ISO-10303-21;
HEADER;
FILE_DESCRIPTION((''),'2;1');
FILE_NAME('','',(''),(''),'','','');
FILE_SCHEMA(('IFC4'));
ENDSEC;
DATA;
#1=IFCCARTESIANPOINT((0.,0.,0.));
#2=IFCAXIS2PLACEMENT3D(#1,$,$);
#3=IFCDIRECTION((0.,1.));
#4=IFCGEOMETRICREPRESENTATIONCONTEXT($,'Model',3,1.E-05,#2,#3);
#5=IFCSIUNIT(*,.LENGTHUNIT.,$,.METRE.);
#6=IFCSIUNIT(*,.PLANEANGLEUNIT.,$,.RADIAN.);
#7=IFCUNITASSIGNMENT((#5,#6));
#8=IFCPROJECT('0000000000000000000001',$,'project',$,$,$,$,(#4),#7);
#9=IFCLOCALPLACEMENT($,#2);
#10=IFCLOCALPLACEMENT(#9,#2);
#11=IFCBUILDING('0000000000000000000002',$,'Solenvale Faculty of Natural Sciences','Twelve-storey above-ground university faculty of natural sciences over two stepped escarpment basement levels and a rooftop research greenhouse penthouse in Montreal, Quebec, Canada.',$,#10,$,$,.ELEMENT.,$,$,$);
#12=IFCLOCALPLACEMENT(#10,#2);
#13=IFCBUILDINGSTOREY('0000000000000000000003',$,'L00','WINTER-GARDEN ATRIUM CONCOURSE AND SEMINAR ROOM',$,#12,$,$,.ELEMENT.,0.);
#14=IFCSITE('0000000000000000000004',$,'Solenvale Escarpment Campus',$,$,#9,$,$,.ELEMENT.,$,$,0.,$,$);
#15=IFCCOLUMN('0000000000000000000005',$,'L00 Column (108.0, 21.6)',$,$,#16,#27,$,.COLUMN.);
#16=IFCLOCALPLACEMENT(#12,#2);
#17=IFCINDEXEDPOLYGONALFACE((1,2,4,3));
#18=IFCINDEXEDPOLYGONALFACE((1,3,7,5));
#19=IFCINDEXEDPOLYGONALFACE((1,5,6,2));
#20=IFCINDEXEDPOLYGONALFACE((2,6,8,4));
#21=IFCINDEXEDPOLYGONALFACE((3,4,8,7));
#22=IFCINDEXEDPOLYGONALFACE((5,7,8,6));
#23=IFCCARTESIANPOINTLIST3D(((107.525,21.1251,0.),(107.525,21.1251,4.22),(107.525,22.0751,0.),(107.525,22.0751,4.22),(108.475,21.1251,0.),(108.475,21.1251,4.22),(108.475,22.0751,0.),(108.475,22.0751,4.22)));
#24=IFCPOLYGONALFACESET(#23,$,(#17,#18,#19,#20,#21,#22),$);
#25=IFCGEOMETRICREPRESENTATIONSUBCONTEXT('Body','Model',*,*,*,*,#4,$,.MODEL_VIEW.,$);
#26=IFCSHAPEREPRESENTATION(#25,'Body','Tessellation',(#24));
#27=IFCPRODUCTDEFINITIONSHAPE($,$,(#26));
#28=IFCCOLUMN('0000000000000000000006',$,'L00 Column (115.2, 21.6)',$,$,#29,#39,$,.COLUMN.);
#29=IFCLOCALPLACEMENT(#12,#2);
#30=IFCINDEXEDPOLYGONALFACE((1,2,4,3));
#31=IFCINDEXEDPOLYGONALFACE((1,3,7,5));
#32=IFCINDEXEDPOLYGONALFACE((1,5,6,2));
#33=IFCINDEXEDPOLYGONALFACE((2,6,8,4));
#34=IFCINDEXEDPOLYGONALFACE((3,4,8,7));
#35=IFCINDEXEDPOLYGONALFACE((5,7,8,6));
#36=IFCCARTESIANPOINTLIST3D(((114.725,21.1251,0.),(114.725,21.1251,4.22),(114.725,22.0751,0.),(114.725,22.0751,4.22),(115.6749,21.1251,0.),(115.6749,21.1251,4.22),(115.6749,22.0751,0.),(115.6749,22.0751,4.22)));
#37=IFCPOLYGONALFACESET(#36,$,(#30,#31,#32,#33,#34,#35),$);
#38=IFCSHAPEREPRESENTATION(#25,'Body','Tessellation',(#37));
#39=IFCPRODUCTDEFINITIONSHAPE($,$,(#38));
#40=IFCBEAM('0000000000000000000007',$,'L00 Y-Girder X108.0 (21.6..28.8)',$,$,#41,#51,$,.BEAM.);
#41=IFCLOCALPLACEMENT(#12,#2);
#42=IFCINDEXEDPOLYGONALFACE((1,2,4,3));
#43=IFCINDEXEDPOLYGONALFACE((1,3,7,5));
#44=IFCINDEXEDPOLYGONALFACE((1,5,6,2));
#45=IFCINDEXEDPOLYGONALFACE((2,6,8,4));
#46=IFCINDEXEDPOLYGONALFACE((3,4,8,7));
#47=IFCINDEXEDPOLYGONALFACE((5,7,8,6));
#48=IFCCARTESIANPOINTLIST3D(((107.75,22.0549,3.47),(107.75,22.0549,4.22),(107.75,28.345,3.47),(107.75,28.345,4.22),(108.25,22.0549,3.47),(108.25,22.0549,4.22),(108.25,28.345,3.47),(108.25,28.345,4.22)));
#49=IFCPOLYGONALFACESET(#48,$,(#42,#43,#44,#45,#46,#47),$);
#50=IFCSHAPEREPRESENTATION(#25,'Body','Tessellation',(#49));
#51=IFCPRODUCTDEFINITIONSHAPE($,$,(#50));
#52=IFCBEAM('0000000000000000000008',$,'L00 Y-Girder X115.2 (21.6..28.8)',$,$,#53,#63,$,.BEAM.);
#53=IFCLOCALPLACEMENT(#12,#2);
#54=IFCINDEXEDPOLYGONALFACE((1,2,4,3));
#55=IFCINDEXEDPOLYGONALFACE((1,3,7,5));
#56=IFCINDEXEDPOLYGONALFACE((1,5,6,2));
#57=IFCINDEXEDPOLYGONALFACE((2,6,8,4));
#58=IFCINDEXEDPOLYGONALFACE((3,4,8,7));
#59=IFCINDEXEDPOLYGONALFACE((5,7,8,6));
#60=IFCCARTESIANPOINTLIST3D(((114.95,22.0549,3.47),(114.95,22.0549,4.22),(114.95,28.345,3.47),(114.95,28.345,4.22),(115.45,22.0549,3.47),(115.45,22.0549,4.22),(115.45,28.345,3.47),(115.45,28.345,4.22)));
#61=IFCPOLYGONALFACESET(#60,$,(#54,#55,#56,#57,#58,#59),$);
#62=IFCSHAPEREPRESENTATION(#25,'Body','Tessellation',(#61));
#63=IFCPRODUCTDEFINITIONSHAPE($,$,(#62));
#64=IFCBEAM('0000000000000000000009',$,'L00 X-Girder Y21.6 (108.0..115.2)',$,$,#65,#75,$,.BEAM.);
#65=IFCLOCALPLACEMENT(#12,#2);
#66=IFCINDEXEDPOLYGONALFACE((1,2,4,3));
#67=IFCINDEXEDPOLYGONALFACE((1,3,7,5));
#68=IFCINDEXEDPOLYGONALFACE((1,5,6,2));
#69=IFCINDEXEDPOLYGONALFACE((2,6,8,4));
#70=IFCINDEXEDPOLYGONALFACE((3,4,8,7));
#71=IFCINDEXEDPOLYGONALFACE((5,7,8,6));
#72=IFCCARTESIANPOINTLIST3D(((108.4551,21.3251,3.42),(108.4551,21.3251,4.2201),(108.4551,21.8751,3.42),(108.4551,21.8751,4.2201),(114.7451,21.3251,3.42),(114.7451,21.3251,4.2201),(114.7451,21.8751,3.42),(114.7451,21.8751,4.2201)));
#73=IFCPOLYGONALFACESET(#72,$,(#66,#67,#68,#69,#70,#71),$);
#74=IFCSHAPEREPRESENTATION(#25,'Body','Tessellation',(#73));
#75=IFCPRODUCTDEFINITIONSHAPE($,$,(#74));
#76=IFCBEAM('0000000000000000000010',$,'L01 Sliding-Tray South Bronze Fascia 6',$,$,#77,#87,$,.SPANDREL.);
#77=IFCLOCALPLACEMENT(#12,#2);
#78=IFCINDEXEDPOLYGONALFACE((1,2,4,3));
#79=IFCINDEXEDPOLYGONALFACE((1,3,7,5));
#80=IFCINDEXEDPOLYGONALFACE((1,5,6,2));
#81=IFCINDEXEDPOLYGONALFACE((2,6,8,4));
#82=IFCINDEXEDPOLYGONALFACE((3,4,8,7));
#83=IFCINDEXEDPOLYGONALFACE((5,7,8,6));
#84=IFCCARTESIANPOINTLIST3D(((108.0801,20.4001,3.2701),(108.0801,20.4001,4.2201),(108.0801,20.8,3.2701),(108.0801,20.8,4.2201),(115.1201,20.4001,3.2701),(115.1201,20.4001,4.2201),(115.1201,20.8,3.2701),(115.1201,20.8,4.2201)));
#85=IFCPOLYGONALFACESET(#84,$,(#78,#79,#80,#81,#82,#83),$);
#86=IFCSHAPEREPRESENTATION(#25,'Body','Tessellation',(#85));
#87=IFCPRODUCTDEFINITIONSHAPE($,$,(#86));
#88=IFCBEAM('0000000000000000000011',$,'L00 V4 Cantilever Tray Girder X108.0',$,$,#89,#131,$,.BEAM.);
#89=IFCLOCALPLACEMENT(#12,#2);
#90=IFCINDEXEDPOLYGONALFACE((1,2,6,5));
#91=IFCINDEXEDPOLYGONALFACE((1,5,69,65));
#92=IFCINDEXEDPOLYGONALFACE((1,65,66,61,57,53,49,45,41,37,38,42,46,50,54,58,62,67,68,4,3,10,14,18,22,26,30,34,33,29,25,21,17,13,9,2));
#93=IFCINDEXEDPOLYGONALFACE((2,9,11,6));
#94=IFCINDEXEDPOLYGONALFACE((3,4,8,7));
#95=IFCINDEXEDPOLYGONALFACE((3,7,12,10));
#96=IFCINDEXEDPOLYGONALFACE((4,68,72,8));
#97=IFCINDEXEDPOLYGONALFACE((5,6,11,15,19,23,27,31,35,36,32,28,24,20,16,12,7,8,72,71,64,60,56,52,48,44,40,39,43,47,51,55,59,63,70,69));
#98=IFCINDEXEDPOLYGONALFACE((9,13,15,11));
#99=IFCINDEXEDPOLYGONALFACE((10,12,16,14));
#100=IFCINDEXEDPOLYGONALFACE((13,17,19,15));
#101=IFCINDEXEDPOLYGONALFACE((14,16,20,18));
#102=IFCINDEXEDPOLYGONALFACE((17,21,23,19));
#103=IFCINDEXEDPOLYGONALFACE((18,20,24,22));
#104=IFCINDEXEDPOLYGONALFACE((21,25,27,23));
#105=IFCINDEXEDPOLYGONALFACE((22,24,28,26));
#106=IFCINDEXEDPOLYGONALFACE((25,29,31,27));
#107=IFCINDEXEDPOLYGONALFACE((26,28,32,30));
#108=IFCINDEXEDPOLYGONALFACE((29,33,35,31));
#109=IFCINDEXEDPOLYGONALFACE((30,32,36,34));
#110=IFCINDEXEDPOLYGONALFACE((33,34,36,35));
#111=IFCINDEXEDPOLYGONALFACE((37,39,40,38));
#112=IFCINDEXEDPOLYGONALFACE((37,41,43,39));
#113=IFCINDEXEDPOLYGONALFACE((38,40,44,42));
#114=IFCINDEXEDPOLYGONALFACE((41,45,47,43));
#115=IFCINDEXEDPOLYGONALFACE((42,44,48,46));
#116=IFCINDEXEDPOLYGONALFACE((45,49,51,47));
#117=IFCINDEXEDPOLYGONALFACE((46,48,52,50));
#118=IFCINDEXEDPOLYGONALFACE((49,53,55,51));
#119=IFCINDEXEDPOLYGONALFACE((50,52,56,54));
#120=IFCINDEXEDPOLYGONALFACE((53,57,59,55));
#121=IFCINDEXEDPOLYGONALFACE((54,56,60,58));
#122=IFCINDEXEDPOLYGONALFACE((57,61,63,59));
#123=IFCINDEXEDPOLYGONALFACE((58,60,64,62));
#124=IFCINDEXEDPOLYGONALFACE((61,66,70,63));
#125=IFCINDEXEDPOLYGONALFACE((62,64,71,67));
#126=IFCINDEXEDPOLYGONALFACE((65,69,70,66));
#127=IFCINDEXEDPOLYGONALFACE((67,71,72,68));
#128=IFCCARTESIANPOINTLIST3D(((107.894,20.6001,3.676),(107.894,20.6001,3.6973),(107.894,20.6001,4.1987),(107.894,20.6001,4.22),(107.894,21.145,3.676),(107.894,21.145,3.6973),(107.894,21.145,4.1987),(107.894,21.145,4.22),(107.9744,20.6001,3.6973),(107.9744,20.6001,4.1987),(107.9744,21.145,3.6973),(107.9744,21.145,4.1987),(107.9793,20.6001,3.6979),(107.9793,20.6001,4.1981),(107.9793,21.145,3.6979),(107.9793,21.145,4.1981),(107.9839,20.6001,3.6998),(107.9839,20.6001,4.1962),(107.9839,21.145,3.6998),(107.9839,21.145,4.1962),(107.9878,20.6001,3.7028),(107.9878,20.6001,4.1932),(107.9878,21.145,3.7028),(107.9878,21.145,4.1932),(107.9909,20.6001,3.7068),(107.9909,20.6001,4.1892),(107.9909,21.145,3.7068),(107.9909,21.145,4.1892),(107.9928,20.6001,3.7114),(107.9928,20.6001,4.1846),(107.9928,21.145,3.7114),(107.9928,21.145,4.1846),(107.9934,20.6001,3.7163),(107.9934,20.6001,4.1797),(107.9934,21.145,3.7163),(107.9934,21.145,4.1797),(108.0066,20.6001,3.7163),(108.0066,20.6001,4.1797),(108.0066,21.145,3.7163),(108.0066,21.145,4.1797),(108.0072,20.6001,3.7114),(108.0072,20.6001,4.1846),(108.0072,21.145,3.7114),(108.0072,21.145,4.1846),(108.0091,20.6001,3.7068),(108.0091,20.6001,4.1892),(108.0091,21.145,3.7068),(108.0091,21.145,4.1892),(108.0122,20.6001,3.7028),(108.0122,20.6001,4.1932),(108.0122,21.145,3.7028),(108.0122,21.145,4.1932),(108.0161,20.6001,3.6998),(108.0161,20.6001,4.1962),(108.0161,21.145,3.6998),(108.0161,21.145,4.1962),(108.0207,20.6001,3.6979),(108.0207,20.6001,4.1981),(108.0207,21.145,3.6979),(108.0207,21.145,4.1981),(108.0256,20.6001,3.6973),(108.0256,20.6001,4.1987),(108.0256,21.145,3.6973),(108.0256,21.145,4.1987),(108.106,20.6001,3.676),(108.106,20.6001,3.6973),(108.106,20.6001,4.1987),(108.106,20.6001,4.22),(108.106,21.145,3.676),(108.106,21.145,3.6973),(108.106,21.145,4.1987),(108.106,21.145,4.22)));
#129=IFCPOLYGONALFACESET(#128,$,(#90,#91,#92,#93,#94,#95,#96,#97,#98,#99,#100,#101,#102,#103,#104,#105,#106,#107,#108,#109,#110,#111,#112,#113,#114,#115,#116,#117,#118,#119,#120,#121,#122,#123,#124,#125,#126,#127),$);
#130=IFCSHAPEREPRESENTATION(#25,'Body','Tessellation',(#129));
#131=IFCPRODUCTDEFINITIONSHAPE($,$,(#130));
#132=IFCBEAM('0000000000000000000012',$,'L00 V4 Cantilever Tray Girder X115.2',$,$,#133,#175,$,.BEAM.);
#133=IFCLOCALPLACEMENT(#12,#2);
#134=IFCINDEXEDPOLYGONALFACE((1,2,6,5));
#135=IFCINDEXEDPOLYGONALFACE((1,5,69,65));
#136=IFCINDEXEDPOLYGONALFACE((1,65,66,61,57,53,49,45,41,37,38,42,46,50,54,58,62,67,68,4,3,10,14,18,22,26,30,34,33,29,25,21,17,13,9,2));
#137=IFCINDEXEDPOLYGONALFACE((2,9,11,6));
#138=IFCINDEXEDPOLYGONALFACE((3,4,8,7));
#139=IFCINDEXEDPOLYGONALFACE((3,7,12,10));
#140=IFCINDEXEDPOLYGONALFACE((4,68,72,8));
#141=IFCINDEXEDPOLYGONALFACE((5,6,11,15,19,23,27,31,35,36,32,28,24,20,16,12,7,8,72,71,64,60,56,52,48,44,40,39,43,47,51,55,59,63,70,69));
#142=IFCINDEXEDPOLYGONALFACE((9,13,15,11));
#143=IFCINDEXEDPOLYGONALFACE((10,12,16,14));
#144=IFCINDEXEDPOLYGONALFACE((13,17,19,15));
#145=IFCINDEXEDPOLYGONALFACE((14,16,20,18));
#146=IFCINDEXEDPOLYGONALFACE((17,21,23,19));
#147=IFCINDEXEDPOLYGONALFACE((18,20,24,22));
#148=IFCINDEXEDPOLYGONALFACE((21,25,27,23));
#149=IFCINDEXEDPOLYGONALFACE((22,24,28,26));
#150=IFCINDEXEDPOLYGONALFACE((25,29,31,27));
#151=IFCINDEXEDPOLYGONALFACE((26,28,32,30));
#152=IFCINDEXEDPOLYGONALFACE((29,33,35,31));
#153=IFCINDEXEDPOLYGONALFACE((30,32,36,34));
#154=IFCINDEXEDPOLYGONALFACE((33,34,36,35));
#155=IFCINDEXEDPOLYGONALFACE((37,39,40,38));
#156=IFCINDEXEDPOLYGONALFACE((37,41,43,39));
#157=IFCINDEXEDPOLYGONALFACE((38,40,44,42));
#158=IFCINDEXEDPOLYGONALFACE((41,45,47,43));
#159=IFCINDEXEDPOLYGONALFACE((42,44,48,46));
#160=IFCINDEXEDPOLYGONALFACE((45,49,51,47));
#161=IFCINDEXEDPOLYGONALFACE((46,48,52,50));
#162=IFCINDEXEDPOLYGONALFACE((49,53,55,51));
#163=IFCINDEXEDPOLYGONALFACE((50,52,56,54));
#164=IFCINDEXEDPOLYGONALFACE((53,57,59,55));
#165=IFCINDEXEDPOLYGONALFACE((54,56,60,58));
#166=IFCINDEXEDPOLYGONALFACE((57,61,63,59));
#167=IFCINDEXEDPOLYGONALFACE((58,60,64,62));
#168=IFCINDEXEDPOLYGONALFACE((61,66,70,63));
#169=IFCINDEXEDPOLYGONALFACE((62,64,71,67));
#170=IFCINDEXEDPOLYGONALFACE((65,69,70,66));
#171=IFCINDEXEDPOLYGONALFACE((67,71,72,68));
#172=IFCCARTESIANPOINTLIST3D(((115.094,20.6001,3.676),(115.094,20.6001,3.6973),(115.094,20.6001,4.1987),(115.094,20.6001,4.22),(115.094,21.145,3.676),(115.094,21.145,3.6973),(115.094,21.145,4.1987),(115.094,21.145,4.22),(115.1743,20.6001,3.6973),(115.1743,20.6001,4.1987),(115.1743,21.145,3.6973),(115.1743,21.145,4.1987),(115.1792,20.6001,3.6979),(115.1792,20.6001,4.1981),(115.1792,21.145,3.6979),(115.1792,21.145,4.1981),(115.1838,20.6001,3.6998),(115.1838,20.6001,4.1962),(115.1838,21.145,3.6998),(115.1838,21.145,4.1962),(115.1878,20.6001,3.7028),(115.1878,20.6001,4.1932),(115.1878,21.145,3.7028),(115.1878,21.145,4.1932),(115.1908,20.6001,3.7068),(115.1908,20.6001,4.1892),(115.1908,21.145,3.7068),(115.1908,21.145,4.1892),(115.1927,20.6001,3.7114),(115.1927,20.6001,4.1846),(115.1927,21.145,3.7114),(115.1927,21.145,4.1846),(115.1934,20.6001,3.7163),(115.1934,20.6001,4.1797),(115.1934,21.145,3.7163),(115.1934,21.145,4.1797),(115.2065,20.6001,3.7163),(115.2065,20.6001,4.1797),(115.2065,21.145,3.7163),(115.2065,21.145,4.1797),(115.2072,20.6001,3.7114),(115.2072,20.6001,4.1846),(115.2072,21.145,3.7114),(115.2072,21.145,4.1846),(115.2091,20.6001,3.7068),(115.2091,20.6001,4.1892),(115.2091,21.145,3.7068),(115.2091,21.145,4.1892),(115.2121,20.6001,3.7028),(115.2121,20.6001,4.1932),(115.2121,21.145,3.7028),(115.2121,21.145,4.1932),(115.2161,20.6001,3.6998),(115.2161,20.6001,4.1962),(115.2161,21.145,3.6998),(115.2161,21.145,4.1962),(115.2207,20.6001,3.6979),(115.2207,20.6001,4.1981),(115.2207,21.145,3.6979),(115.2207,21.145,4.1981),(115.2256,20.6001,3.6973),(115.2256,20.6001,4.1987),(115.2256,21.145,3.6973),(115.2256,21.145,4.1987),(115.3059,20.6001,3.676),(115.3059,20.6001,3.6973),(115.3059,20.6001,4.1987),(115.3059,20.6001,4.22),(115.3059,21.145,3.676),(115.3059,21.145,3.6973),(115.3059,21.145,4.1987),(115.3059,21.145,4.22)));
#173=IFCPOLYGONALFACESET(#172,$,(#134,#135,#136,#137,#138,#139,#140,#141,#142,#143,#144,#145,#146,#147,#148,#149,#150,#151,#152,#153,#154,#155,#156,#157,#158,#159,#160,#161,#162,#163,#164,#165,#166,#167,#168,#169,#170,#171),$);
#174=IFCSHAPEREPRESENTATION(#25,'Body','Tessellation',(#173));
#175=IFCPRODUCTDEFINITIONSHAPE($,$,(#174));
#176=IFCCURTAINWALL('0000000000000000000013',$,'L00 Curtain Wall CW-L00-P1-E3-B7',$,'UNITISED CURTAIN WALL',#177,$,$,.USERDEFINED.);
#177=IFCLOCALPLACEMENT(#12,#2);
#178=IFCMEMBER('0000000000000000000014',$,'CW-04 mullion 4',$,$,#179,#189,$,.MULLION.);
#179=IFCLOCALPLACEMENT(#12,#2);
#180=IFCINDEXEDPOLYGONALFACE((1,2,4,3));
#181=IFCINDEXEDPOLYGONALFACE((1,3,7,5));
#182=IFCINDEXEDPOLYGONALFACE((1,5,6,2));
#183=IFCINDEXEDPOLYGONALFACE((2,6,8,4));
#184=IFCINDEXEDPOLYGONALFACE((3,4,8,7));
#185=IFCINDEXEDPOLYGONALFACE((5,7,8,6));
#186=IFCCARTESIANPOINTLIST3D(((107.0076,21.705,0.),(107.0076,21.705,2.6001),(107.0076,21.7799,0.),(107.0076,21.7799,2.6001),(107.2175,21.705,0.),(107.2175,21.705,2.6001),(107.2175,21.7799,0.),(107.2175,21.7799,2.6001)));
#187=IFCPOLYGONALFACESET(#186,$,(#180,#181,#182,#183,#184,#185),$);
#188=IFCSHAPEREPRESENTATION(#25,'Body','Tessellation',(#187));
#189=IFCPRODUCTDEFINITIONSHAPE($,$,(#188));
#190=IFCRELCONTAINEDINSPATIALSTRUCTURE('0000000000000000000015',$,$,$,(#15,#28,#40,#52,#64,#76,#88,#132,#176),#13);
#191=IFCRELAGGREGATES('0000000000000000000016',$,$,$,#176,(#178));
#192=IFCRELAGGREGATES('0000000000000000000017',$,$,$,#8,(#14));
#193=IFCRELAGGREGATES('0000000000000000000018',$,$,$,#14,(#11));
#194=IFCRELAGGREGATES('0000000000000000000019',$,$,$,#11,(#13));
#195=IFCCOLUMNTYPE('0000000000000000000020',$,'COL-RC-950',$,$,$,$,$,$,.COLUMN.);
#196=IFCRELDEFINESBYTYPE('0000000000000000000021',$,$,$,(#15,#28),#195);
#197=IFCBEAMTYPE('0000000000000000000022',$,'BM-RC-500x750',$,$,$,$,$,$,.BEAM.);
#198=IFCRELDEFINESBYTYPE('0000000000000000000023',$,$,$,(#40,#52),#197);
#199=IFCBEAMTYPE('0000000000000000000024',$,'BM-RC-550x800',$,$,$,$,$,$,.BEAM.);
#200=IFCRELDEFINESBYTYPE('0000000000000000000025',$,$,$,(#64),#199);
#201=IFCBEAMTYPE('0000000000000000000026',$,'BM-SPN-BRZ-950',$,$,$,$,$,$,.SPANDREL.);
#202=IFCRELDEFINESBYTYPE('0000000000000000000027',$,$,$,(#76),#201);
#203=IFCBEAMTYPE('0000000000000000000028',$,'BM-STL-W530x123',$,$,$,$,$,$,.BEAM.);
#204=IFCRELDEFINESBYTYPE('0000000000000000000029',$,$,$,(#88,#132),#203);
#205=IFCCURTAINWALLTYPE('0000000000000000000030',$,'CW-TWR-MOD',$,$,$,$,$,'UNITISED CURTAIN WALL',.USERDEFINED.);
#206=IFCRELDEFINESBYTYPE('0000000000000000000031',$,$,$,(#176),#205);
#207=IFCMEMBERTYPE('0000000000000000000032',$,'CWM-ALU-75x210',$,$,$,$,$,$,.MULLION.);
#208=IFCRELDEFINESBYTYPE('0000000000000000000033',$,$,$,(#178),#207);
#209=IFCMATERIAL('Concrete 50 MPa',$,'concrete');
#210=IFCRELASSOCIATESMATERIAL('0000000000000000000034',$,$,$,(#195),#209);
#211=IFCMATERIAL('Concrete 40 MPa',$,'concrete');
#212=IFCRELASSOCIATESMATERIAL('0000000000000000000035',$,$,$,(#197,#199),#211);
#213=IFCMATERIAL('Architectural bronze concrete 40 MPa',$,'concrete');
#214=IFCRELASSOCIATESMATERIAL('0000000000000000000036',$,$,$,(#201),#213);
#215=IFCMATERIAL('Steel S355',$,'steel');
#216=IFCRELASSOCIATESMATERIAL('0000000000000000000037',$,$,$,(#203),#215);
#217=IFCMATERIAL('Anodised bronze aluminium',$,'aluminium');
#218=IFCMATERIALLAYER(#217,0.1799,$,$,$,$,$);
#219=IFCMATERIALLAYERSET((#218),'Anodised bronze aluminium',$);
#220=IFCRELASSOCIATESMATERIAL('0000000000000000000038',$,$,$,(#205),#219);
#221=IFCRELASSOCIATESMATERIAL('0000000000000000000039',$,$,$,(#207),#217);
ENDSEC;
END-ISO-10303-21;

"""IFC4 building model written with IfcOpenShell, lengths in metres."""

from ifc_helpers import new_model, si_unit, direction, frame, origin, origin_2d, place, context, subcontext, project, spatial, rectangle, i_section, extrude, material, layer, layer_set, material_profile, profile_set, type_object, element, aggregate, save


model = new_model("IFC4")

# Units and contexts
model_context = context("Model", 3, precision=1e-05, world=origin(), true_north=direction((0.0, 1.0)))
body_context = subcontext(model_context, "Body", "Model", "MODEL_VIEW")
ifc_project = project(units=[si_unit("LENGTHUNIT", "METRE"), si_unit("PLANEANGLEUNIT", "RADIAN")], contexts=[model_context])

# Site, building, storey
site_placement = place(None, origin())
site = spatial("IfcSite", under=ifc_project, at=site_placement, Name="Solenvale Escarpment Campus", CompositionType="ELEMENT", RefElevation=0.0)
building_placement = place(site_placement, origin())
building = spatial("IfcBuilding", under=site, at=building_placement, Name="Solenvale Faculty of Natural Sciences", Description="Twelve-storey above-ground university faculty of natural sciences over two stepped escarpment basement levels and a rooftop research greenhouse penthouse in Montreal, Quebec, Canada.", CompositionType="ELEMENT")
storey_placement = place(building_placement, origin())
storey = spatial("IfcBuildingStorey", under=building, at=storey_placement, Name="L00", Description="WINTER-GARDEN ATRIUM CONCOURSE AND SEMINAR ROOM", CompositionType="ELEMENT", Elevation=0.0)

# Columns
ifc_material_1 = material(Name="Concrete 50 MPa", Category="concrete")
ifc_material_profile_1 = material_profile(ifc_material_1, rectangle(XDim=0.95, YDim=0.95, at=origin_2d()), Name="RC-COL-950x950")
ifc_profile_set_1 = profile_set([ifc_material_profile_1], Name="Concrete 50 MPa")
column_type = type_object("IfcColumnType", Name="COL-RC-950", PredefinedType="COLUMN", material=ifc_profile_set_1)
for number, where, z_axis, x_axis, name in (
    (1, (108.0, 21.6001, 0.0), (0.0, 0.0, 1.0), (1.0, 0.0, 0.0), "L00 Column (108.0, 21.6)"),
    (2, (115.2, 21.6001, 0.0), (0.0, 0.0, 1.0), (1.0, 0.0, 0.0), "L00 Column (115.2, 21.6)"),
):
    element("IfcColumn", number, at=place(storey_placement, frame(where, z_axis=z_axis, x_axis=x_axis)), inside=storey, type_object=column_type, Name=name, PredefinedType="COLUMN", context=body_context, shape_type="SweptSolid", body=[
        extrude(rectangle(XDim=0.95, YDim=0.95, at=origin_2d()), origin(), (0.0, 0.0, 1.0), 4.22),
    ])

# Beams
ifc_material_2 = material(Name="Concrete 40 MPa", Category="concrete")
ifc_material_profile_2 = material_profile(ifc_material_2, rectangle(XDim=0.5, YDim=0.75, at=origin_2d()), Name="RC-BM-500x750")
ifc_profile_set_2 = profile_set([ifc_material_profile_2], Name="Concrete 40 MPa")
beam_type_1 = type_object("IfcBeamType", Name="BM-RC-500x750", PredefinedType="BEAM", material=ifc_profile_set_2)
for number, where, z_axis, x_axis, name in (
    (3, (108.0, 22.0549, 3.845), (0.0, 1.0, 0.0), (-1.0, 0.0, 0.0), "L00 Y-Girder X108.0 (21.6..28.8)"),
    (4, (115.2, 22.0549, 3.845), (0.0, 1.0, 0.0), (-1.0, 0.0, 0.0), "L00 Y-Girder X115.2 (21.6..28.8)"),
):
    element("IfcBeam", number, at=place(storey_placement, frame(where, z_axis=z_axis, x_axis=x_axis)), inside=storey, type_object=beam_type_1, Name=name, PredefinedType="BEAM", context=body_context, shape_type="SweptSolid", body=[
        extrude(rectangle(XDim=0.5, YDim=0.75, at=origin_2d()), origin(), (0.0, 0.0, 1.0), 6.29),
    ])
ifc_material_profile_3 = material_profile(ifc_material_2, rectangle(XDim=0.55, YDim=0.8, at=origin_2d()), Name="RC-BM-550x800")
ifc_profile_set_3 = profile_set([ifc_material_profile_3], Name="Concrete 40 MPa")
beam_type_2 = type_object("IfcBeamType", Name="BM-RC-550x800", PredefinedType="BEAM", material=ifc_profile_set_3)
beam_1_placement = place(storey_placement, frame((108.4551, 21.6001, 3.8201), z_axis=(1.0, 0.0, 0.0), x_axis=(0.0, 1.0, 0.0)))
element("IfcBeam", 5, at=beam_1_placement, inside=storey, type_object=beam_type_2, Name="L00 X-Girder Y21.6 (108.0..115.2)", PredefinedType="BEAM", context=body_context, shape_type="SweptSolid", body=[
    extrude(rectangle(XDim=0.55, YDim=0.8, at=origin_2d()), origin(), (0.0, 0.0, 1.0), 6.29),
])
ifc_material_3 = material(Name="Architectural bronze concrete 40 MPa", Category="concrete")
ifc_material_profile_4 = material_profile(ifc_material_3, rectangle(XDim=0.3999, YDim=0.95, at=origin_2d()), Name="RC-SPN-400x950")
ifc_profile_set_4 = profile_set([ifc_material_profile_4], Name="Architectural bronze concrete 40 MPa")
beam_type_3 = type_object("IfcBeamType", Name="BM-SPN-BRZ-950", PredefinedType="SPANDREL", material=ifc_profile_set_4)
beam_2_placement = place(storey_placement, frame((108.0801, 20.6001, 3.7451), z_axis=(1.0, 0.0, 0.0), x_axis=(0.0, 1.0, 0.0)))
element("IfcBeam", 6, at=beam_2_placement, inside=storey, type_object=beam_type_3, Name="L01 Sliding-Tray South Bronze Fascia 6", PredefinedType="SPANDREL", context=body_context, shape_type="SweptSolid", body=[
    extrude(rectangle(XDim=0.3999, YDim=0.95, at=origin_2d()), origin(), (0.0, 0.0, 1.0), 7.04),
])
ifc_material_4 = material(Name="Steel S355", Category="steel")
ifc_material_profile_5 = material_profile(ifc_material_4, i_section(OverallWidth=0.2119, OverallDepth=0.5439, WebThickness=0.0132, FlangeThickness=0.0212, FilletRadius=0.019, at=origin_2d()), Name="W530x123")
ifc_profile_set_5 = profile_set([ifc_material_profile_5], Name="Steel S355")
beam_type_4 = type_object("IfcBeamType", Name="BM-STL-W530x123", PredefinedType="BEAM", material=ifc_profile_set_5)
for number, where, z_axis, x_axis, name in (
    (7, (108.0, 21.145, 3.948), (0.0, -1.0, 0.0), (1.0, 0.0, 0.0), "L00 V4 Cantilever Tray Girder X108.0"),
    (8, (115.2, 21.145, 3.948), (0.0, -1.0, 0.0), (1.0, 0.0, 0.0), "L00 V4 Cantilever Tray Girder X115.2"),
):
    element("IfcBeam", number, at=place(storey_placement, frame(where, z_axis=z_axis, x_axis=x_axis)), inside=storey, type_object=beam_type_4, Name=name, PredefinedType="BEAM", context=body_context, shape_type="SweptSolid", body=[
        extrude(i_section(OverallWidth=0.2119, OverallDepth=0.5439, WebThickness=0.0132, FlangeThickness=0.0212, FilletRadius=0.019, at=origin_2d()), origin(), (0.0, 0.0, 1.0), 0.5449),
    ])

# Curtain wall, member
ifc_material_5 = material(Name="Anodised bronze aluminium", Category="aluminium")
ifc_layer_1 = layer(ifc_material_5, 0.1799)
ifc_layer_set_1 = layer_set([ifc_layer_1], Name="Anodised bronze aluminium")
curtain_wall_type = type_object("IfcCurtainWallType", Name="CW-TWR-MOD", ElementType="UNITISED CURTAIN WALL", PredefinedType="USERDEFINED", material=ifc_layer_set_1)
curtain_wall_1_placement = place(storey_placement, origin())
curtain_wall_1 = element("IfcCurtainWall", 9, at=curtain_wall_1_placement, inside=storey, type_object=curtain_wall_type, Name="L00 Curtain Wall CW-L00-P1-E3-B7", ObjectType="UNITISED CURTAIN WALL", PredefinedType="USERDEFINED")
ifc_material_profile_6 = material_profile(ifc_material_5, rectangle(XDim=0.075, YDim=0.21, at=origin_2d()), Name="ALU-MUL-75x210")
ifc_profile_set_6 = profile_set([ifc_material_profile_6], Name="Anodised bronze aluminium")
member_type_1 = type_object("IfcMemberType", Name="CWM-ALU-75x210", PredefinedType="MULLION", material=ifc_profile_set_6)
member_1_placement = place(storey_placement, frame((107.1125, 21.7424, 0.0), z_axis=(0.0, 0.0, 1.0), x_axis=(0.0, 1.0, 0.0)))
member_1 = element("IfcMember", 10, at=member_1_placement, type_object=member_type_1, Name="CW-04 mullion 4", PredefinedType="MULLION", context=body_context, shape_type="SweptSolid", body=[
    extrude(rectangle(XDim=0.075, YDim=0.21, at=origin_2d()), origin(), (0.0, 0.0, 1.0), 2.6001),
])
aggregate(curtain_wall_1, [member_1])

save(model, "model.ifc")
